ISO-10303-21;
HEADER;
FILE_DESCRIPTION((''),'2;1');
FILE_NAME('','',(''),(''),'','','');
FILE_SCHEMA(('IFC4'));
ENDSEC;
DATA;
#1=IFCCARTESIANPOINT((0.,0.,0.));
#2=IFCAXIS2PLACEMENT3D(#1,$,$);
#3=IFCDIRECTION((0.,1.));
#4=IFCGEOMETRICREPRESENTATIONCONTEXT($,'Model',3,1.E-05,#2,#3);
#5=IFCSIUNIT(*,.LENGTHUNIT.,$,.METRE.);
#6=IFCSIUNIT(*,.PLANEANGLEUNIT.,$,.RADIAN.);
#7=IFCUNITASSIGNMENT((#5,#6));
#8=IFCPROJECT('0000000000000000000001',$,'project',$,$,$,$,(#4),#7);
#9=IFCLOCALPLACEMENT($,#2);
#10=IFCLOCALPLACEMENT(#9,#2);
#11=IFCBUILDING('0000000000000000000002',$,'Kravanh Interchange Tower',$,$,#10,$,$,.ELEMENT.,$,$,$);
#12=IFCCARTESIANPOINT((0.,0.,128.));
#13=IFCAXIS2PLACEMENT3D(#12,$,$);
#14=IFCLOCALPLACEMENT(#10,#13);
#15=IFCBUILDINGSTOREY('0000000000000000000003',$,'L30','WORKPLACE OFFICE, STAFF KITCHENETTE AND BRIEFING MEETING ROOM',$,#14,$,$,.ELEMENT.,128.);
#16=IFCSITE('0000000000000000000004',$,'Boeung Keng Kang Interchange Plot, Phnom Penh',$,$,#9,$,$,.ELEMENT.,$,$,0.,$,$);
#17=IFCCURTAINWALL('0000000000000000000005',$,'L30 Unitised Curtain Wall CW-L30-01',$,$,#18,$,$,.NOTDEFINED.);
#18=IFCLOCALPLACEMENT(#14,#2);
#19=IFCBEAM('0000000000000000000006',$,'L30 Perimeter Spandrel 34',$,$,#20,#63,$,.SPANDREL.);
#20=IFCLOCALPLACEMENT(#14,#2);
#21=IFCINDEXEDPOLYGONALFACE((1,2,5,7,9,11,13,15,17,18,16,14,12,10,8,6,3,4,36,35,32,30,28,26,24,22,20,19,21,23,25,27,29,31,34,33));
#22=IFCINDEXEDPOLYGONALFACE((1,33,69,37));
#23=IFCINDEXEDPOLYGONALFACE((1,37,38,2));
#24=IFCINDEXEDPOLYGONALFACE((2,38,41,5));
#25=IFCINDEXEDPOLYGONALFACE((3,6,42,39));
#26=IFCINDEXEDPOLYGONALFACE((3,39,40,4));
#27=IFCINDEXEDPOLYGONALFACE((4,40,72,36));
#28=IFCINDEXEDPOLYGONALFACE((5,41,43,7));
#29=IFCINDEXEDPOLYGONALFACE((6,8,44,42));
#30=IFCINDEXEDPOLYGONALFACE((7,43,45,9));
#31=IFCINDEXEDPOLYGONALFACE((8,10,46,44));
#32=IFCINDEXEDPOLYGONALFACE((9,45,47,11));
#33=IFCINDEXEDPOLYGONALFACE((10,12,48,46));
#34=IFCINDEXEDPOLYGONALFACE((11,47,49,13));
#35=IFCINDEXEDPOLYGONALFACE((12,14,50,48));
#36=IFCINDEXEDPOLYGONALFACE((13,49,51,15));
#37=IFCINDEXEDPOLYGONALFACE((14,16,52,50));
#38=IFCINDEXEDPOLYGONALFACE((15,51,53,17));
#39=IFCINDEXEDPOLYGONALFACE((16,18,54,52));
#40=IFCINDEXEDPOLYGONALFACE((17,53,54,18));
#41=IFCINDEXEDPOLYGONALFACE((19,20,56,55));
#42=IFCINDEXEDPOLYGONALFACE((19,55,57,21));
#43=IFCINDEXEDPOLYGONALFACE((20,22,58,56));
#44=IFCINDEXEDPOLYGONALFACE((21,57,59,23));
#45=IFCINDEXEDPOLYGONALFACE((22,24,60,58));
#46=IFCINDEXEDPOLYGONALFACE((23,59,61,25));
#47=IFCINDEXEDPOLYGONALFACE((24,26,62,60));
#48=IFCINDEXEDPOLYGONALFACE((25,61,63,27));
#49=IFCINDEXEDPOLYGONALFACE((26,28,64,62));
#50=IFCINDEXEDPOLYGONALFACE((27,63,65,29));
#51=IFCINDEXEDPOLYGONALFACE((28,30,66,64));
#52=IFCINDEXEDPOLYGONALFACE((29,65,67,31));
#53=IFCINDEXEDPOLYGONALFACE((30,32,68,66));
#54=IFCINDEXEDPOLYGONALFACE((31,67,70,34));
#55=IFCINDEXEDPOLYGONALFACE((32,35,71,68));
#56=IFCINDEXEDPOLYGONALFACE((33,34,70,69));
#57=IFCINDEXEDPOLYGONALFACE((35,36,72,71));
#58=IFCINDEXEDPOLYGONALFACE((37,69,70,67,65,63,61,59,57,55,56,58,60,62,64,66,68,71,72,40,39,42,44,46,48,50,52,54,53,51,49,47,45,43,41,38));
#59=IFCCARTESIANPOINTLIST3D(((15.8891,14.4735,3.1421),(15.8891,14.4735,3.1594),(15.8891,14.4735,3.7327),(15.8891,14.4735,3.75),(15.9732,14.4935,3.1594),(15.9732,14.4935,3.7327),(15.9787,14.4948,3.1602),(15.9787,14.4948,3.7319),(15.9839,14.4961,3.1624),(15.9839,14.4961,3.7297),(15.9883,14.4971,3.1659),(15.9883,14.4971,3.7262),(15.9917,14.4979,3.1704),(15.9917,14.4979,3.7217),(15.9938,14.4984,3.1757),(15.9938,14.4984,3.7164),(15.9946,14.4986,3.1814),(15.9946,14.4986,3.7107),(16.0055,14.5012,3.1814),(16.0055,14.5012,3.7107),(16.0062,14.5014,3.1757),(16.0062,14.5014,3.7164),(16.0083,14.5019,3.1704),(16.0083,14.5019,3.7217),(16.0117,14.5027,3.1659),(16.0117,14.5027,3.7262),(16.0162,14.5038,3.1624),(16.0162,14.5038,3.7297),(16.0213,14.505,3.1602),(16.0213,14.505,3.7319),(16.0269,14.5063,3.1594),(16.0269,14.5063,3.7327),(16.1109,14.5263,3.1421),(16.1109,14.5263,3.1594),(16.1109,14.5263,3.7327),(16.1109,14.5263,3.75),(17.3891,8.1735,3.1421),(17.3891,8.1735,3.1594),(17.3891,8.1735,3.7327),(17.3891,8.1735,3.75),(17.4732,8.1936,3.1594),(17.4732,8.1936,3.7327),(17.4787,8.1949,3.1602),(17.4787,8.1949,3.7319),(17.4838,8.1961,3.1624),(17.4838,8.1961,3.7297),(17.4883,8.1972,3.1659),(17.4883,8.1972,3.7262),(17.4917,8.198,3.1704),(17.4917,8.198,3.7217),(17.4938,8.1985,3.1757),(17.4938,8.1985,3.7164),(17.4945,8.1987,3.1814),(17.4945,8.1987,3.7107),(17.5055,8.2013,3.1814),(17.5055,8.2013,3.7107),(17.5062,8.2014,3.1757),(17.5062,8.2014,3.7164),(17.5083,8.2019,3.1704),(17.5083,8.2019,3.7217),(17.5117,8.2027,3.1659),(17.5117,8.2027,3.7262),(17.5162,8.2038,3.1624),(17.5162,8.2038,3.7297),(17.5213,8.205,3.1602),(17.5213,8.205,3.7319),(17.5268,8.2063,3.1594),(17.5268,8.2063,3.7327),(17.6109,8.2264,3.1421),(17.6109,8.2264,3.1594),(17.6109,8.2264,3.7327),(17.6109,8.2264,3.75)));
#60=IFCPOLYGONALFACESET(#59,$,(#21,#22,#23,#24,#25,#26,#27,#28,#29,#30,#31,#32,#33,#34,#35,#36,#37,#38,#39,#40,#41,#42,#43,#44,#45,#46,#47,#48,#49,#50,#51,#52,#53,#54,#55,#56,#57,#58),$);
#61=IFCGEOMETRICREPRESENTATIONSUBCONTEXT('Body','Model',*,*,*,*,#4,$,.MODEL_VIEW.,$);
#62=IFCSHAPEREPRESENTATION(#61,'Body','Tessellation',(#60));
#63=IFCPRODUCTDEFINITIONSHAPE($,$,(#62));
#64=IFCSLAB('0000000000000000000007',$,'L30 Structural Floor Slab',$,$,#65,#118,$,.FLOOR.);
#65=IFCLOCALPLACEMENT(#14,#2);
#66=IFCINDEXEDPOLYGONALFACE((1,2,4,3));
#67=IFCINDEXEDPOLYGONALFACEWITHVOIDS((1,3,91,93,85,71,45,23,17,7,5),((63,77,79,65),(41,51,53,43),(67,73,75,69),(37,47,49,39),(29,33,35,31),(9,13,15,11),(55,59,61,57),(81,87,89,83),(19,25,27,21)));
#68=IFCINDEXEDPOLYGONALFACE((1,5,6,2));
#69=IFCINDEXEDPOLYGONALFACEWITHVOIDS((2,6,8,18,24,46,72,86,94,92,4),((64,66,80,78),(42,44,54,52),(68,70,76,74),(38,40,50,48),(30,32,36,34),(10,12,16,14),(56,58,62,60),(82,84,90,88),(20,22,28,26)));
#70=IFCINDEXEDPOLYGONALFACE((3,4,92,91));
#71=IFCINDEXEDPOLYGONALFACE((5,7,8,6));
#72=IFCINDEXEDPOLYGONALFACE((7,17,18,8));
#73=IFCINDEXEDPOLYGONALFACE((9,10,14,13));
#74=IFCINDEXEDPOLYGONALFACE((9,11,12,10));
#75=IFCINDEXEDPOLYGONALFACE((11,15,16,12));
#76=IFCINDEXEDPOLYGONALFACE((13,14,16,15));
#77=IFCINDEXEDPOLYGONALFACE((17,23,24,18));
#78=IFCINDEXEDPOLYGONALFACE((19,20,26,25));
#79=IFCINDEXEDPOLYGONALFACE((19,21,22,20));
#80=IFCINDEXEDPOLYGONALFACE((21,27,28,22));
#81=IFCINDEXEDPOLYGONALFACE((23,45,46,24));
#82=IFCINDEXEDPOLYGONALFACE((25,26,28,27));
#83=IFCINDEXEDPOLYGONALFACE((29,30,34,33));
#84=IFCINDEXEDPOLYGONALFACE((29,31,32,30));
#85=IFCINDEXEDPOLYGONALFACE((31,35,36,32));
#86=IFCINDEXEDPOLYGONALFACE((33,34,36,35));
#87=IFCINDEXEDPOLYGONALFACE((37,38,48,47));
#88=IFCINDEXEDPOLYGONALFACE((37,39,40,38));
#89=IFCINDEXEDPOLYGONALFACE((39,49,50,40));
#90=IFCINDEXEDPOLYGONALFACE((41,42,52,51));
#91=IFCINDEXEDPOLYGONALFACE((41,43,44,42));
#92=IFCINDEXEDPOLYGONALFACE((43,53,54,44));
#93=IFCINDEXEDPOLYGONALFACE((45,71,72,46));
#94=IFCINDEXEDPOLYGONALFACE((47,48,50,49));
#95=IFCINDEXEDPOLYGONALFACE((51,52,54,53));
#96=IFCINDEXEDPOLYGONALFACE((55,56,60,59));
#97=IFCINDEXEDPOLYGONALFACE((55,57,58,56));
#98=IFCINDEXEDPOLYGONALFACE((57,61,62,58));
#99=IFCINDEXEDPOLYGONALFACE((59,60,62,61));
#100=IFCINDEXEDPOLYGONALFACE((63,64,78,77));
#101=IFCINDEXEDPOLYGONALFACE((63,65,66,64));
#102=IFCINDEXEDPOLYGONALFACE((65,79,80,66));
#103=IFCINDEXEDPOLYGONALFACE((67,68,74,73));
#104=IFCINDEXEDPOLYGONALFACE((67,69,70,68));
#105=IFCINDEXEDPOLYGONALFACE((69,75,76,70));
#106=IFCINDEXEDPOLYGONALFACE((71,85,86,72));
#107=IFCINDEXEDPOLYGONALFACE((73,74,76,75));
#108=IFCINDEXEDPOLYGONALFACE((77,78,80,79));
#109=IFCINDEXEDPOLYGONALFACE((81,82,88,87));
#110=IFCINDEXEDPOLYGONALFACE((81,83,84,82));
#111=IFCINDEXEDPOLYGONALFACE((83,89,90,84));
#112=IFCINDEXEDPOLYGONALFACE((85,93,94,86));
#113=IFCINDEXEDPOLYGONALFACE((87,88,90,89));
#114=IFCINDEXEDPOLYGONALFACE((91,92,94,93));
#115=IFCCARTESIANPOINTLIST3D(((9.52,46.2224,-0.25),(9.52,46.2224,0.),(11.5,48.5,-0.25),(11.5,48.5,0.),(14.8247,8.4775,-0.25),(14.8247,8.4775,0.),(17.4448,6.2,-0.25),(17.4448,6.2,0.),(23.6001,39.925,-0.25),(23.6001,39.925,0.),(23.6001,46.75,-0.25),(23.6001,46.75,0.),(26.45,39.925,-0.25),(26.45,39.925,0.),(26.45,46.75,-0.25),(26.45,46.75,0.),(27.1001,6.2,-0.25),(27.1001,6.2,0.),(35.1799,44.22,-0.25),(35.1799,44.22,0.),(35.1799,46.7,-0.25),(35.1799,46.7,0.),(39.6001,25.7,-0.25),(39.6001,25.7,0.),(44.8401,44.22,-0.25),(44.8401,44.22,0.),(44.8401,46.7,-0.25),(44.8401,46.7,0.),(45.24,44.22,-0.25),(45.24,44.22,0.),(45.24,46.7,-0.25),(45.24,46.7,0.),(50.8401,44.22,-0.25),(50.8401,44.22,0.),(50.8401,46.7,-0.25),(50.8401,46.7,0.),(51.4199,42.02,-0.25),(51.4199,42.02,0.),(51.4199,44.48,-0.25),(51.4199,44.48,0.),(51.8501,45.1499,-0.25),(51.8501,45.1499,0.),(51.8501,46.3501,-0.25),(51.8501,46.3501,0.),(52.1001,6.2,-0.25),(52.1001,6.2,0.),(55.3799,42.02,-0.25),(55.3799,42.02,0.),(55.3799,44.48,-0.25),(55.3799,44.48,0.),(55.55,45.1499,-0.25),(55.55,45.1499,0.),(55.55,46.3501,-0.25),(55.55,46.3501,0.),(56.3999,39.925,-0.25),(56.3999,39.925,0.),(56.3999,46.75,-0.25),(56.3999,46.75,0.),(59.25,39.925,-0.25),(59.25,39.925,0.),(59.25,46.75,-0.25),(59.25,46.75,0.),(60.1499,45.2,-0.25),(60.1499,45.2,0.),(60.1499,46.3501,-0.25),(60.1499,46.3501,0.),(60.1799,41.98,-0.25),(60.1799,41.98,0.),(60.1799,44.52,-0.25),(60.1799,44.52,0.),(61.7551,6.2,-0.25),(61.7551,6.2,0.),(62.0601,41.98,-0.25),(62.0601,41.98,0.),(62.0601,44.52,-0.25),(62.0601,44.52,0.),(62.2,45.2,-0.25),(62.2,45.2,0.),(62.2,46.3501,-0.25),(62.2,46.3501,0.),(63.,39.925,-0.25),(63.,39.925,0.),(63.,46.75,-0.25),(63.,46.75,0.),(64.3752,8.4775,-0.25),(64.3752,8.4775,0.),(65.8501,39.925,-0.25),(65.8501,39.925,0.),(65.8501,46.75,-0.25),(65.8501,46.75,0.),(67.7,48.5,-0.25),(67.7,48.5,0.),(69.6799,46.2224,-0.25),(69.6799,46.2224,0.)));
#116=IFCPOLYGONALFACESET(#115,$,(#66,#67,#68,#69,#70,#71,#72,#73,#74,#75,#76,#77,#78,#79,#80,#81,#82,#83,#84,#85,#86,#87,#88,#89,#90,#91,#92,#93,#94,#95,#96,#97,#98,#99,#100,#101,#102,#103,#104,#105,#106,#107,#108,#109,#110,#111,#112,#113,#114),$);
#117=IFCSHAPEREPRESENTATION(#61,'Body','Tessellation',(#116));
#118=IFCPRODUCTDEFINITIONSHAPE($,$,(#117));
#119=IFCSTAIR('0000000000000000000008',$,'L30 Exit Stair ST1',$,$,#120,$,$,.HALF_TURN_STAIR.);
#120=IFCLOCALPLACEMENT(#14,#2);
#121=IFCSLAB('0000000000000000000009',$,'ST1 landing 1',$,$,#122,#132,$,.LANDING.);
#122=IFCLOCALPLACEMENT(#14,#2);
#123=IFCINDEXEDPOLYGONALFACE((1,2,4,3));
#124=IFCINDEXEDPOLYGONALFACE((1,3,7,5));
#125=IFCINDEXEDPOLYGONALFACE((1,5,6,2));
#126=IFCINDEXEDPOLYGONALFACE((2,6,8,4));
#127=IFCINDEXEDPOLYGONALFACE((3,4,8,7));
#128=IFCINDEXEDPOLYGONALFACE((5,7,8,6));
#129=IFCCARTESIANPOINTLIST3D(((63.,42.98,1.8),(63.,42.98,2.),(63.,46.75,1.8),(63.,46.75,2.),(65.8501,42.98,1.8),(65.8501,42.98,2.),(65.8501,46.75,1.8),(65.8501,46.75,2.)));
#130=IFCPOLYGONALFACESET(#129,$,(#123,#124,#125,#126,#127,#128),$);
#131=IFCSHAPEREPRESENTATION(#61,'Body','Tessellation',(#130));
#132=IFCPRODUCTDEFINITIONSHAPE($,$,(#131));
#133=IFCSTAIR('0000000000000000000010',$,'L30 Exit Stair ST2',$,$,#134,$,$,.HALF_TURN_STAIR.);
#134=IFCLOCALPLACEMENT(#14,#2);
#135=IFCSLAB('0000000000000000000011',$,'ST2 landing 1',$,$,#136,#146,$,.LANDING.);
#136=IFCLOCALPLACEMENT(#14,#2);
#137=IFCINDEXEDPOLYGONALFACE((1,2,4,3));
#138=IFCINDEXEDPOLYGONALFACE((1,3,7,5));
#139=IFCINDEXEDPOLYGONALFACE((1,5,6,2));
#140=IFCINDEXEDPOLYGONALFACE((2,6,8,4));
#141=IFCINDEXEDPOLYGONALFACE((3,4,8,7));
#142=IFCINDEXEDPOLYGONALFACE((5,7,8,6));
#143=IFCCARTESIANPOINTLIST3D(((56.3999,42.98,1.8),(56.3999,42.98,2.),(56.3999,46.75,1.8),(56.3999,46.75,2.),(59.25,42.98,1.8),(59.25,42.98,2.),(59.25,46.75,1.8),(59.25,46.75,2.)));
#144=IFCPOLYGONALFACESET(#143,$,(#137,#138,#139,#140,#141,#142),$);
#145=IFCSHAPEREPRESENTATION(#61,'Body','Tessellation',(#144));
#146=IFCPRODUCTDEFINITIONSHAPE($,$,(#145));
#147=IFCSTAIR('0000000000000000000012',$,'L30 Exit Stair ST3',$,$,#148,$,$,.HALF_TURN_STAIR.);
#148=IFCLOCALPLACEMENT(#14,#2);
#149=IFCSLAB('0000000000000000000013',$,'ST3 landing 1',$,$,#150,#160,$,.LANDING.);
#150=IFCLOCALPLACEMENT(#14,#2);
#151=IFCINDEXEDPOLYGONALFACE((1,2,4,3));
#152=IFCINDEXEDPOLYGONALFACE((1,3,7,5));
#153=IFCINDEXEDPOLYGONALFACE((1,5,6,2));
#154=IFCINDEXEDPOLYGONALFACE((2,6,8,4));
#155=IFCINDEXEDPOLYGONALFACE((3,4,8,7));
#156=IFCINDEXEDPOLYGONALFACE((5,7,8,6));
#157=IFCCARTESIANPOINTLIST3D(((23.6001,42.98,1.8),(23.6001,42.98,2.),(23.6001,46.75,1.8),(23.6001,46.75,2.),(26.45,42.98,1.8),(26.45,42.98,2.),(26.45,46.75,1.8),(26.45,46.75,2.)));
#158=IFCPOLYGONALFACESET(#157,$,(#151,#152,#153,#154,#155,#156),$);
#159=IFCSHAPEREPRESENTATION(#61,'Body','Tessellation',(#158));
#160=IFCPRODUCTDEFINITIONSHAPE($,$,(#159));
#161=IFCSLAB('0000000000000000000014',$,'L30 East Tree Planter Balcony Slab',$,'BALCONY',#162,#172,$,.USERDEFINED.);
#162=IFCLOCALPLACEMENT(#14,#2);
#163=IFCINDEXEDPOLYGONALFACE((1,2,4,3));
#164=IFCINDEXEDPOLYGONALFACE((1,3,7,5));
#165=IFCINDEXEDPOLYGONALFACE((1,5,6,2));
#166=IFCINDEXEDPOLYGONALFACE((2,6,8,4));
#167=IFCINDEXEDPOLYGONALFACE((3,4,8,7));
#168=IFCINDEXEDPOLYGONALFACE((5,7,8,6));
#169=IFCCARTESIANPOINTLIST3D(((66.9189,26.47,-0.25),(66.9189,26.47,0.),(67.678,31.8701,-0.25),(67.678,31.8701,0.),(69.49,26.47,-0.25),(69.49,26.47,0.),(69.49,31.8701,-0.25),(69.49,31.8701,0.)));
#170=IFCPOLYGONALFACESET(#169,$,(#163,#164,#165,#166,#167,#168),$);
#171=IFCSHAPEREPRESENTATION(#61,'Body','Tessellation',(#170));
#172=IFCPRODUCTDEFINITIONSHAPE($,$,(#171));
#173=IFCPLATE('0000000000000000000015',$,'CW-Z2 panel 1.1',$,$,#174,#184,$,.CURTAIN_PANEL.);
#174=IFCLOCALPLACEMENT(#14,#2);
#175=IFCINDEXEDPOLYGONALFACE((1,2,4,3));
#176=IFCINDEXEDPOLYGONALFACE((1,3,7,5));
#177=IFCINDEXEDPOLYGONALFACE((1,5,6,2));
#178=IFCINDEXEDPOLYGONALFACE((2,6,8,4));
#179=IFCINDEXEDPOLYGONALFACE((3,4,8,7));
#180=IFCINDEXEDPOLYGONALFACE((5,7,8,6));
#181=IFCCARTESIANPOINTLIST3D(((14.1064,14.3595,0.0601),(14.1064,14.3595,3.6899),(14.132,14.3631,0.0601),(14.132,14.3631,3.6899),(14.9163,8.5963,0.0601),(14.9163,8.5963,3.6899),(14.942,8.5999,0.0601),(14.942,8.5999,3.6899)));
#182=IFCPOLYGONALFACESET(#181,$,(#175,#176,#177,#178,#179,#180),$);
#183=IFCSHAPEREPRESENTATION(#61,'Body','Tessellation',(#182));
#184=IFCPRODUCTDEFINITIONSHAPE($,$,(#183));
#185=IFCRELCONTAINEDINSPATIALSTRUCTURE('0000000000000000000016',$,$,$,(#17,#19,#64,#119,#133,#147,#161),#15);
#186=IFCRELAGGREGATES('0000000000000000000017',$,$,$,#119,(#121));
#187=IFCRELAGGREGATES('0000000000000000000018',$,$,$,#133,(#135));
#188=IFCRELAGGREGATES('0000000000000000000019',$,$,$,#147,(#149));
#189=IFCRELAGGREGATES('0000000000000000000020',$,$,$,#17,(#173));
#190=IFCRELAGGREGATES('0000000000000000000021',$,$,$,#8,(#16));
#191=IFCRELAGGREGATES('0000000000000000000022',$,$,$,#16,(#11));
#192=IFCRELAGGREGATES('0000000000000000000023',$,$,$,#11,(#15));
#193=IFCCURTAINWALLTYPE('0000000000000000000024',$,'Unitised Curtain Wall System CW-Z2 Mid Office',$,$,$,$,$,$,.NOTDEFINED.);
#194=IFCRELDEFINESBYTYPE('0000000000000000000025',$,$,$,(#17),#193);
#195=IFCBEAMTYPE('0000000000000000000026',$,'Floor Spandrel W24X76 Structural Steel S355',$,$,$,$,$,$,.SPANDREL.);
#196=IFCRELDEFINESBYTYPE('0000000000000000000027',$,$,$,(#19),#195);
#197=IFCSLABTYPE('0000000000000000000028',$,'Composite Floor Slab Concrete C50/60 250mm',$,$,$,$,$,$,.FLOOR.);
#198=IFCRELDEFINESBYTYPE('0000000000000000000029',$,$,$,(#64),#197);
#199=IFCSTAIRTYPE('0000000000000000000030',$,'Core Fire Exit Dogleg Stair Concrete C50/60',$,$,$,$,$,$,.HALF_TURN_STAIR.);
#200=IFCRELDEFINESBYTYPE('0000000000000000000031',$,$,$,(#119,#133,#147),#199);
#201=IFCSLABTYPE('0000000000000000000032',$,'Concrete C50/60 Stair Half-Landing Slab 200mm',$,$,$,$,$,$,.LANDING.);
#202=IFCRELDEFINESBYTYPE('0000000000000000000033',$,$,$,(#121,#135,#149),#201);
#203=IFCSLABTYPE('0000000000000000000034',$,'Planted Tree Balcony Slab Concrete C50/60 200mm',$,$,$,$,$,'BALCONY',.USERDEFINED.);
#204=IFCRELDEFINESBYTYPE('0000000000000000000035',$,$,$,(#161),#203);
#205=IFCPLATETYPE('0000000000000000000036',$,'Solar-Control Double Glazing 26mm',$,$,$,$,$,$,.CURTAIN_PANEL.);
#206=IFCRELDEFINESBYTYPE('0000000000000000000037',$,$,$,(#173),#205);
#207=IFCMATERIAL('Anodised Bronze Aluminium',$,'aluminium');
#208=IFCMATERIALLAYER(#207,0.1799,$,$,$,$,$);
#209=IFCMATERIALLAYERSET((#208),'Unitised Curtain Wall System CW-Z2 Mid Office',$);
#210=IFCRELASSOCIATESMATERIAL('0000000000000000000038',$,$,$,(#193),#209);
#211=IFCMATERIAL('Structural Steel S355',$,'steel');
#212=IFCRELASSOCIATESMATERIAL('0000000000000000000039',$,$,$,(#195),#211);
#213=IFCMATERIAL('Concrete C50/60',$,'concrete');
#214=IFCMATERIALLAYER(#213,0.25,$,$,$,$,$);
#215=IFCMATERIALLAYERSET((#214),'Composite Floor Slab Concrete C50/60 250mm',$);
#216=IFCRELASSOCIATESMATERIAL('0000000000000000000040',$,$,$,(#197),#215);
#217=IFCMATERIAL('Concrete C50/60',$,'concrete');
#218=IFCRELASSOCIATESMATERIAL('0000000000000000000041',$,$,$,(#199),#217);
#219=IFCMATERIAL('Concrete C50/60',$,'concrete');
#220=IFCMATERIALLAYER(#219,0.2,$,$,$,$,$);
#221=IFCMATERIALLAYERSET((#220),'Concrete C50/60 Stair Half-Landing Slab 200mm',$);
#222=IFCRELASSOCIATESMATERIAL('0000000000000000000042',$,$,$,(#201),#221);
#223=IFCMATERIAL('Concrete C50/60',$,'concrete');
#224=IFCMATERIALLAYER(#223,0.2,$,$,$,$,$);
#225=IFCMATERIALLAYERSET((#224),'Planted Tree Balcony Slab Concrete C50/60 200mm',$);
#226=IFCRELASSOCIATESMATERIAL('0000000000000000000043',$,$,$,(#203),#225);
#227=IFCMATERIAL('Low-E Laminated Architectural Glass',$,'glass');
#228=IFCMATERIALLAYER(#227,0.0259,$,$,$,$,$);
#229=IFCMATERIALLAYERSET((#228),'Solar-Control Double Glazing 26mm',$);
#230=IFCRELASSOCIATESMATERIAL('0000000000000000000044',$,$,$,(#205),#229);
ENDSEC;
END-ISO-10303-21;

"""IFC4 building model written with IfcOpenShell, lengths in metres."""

from ifc_helpers import new_model, si_unit, direction, frame, origin, origin_2d, place, context, subcontext, project, spatial, polyline, rectangle, i_section, outline, extrude, material, layer, layer_set, material_profile, profile_set, type_object, element, aggregate, save


model = new_model("IFC4")

# Units and contexts
model_context = context("Model", 3, precision=1e-05, world=origin(), true_north=direction((0.0, 1.0)))
body_context = subcontext(model_context, "Body", "Model", "MODEL_VIEW")
ifc_project = project(units=[si_unit("LENGTHUNIT", "METRE"), si_unit("PLANEANGLEUNIT", "RADIAN")], contexts=[model_context])

# Site, building, storey
site_placement = place(None, origin())
site = spatial("IfcSite", under=ifc_project, at=site_placement, Name="Boeung Keng Kang Interchange Plot, Phnom Penh", CompositionType="ELEMENT", RefElevation=0.0)
building_placement = place(site_placement, origin())
building = spatial("IfcBuilding", under=site, at=building_placement, Name="Kravanh Interchange Tower", CompositionType="ELEMENT")
storey_placement = place(building_placement, frame((0.0, 0.0, 128.0)))
storey = spatial("IfcBuildingStorey", under=building, at=storey_placement, Name="L30", Description="WORKPLACE OFFICE, STAFF KITCHENETTE AND BRIEFING MEETING ROOM", CompositionType="ELEMENT", Elevation=128.0)

# Curtain wall
ifc_material_1 = material(Name="Anodised Bronze Aluminium", Category="aluminium")
ifc_layer_1 = layer(ifc_material_1, 0.1799)
ifc_layer_set_1 = layer_set([ifc_layer_1], Name="Unitised Curtain Wall System CW-Z2 Mid Office")
curtain_wall_type = type_object("IfcCurtainWallType", Name="Unitised Curtain Wall System CW-Z2 Mid Office", PredefinedType="NOTDEFINED", material=ifc_layer_set_1)
curtain_wall_1_placement = place(storey_placement, origin())
curtain_wall_1 = element("IfcCurtainWall", 1, at=curtain_wall_1_placement, inside=storey, type_object=curtain_wall_type, Name="L30 Unitised Curtain Wall CW-L30-01", PredefinedType="NOTDEFINED")

# Beam
ifc_material_2 = material(Name="Structural Steel S355", Category="steel")
ifc_material_profile_1 = material_profile(ifc_material_2, i_section(OverallWidth=0.228, OverallDepth=0.6079, WebThickness=0.0112, FlangeThickness=0.0173, FilletRadius=0.022, at=origin_2d()), Name="W24X76")
ifc_profile_set_1 = profile_set([ifc_material_profile_1], Name="Structural Steel S355")
beam_type = type_object("IfcBeamType", Name="Floor Spandrel W24X76 Structural Steel S355", PredefinedType="SPANDREL", material=ifc_profile_set_1)
beam_placement = place(storey_placement, frame((17.5, 8.2, 3.446), z_axis=(-0.231619, 0.972807, 0.0), x_axis=(-0.972807, -0.231619, 0.0)))
element("IfcBeam", 2, at=beam_placement, inside=storey, type_object=beam_type, Name="L30 Perimeter Spandrel 34", PredefinedType="SPANDREL", context=body_context, shape_type="SweptSolid", body=[
    extrude(i_section(OverallWidth=0.228, OverallDepth=0.6079, WebThickness=0.0112, FlangeThickness=0.0173, FilletRadius=0.022, at=origin_2d()), origin(), (0.0, 0.0, 1.0), 6.4761),
])

# Slab
ifc_material_3 = material(Name="Concrete C50/60", Category="concrete")
ifc_layer_2 = layer(ifc_material_3, 0.25)
ifc_layer_set_2 = layer_set([ifc_layer_2], Name="Composite Floor Slab Concrete C50/60 250mm")
slab_type_1 = type_object("IfcSlabType", Name="Composite Floor Slab Concrete C50/60 250mm", PredefinedType="FLOOR", material=ifc_layer_set_2)
slab_1_placement = place(storey_placement, frame((0.0, 0.0, -0.25)))
element("IfcSlab", 3, at=slab_1_placement, inside=storey, type_object=slab_type_1, Name="L30 Structural Floor Slab", PredefinedType="FLOOR", context=body_context, shape_type="SweptSolid", body=[
    extrude(outline(polyline([(14.8247, 8.4775), (17.4448, 6.2), (27.1001, 6.2), (39.6001, 25.7), (52.1001, 6.2), (61.7551, 6.2), (64.3752, 8.4775), (69.6799, 46.2224), (67.7, 48.5), (11.5, 48.5), (9.52, 46.2224), (14.8247, 8.4775)]), holes=[polyline([(65.8501, 39.925), (65.8501, 46.75), (63.0, 46.75), (63.0, 39.925), (65.8501, 39.925)]), polyline([(59.25, 39.925), (59.25, 46.75), (56.3999, 46.75), (56.3999, 39.925), (59.25, 39.925)]), polyline([(26.45, 39.925), (26.45, 46.75), (23.6001, 46.75), (23.6001, 39.925), (26.45, 39.925)]), polyline([(35.1799, 44.22), (44.8401, 44.22), (44.8401, 46.7), (35.1799, 46.7), (35.1799, 44.22)]), polyline([(45.24, 44.22), (50.8401, 44.22), (50.8401, 46.7), (45.24, 46.7), (45.24, 44.22)]), polyline([(51.4199, 42.02), (55.3799, 42.02), (55.3799, 44.48), (51.4199, 44.48), (51.4199, 42.02)]), polyline([(60.1799, 41.98), (62.0601, 41.98), (62.0601, 44.52), (60.1799, 44.52), (60.1799, 41.98)]), polyline([(60.1499, 45.2), (62.2, 45.2), (62.2, 46.3501), (60.1499, 46.3501), (60.1499, 45.2)]), polyline([(51.8501, 45.1499), (55.55, 45.1499), (55.55, 46.3501), (51.8501, 46.3501), (51.8501, 45.1499)])]), origin(), (0.0, 0.0, 1.0), 0.25),
])

# Stairs, slabs
ifc_material_4 = material(Name="Concrete C50/60", Category="concrete")
stair_type = type_object("IfcStairType", Name="Core Fire Exit Dogleg Stair Concrete C50/60", PredefinedType="HALF_TURN_STAIR", material=ifc_material_4)
stair_1_placement = place(storey_placement, origin())
stair_1 = element("IfcStair", 4, at=stair_1_placement, inside=storey, type_object=stair_type, Name="L30 Exit Stair ST1", PredefinedType="HALF_TURN_STAIR")
ifc_material_5 = material(Name="Concrete C50/60", Category="concrete")
ifc_layer_3 = layer(ifc_material_5, 0.2)
ifc_layer_set_3 = layer_set([ifc_layer_3], Name="Concrete C50/60 Stair Half-Landing Slab 200mm")
slab_type_2 = type_object("IfcSlabType", Name="Concrete C50/60 Stair Half-Landing Slab 200mm", PredefinedType="LANDING", material=ifc_layer_set_3)
slab_2_placement = place(storey_placement, frame((0.0, 0.0, 1.8)))
slab_2 = element("IfcSlab", 5, at=slab_2_placement, type_object=slab_type_2, Name="ST1 landing 1", PredefinedType="LANDING", context=body_context, shape_type="SweptSolid", body=[
    extrude(outline(polyline([(65.8501, 42.98), (65.8501, 46.75), (63.0, 46.75), (63.0, 42.98), (65.8501, 42.98)])), origin(), (0.0, 0.0, 1.0), 0.2),
])
aggregate(stair_1, [slab_2])
stair_2_placement = place(storey_placement, origin())
stair_2 = element("IfcStair", 6, at=stair_2_placement, inside=storey, type_object=stair_type, Name="L30 Exit Stair ST2", PredefinedType="HALF_TURN_STAIR")
slab_3_placement = place(storey_placement, frame((0.0, 0.0, 1.8)))
slab_3 = element("IfcSlab", 7, at=slab_3_placement, type_object=slab_type_2, Name="ST2 landing 1", PredefinedType="LANDING", context=body_context, shape_type="SweptSolid", body=[
    extrude(outline(polyline([(59.25, 42.98), (59.25, 46.75), (56.3999, 46.75), (56.3999, 42.98), (59.25, 42.98)])), origin(), (0.0, 0.0, 1.0), 0.2),
])
aggregate(stair_2, [slab_3])
stair_3_placement = place(storey_placement, origin())
stair_3 = element("IfcStair", 8, at=stair_3_placement, inside=storey, type_object=stair_type, Name="L30 Exit Stair ST3", PredefinedType="HALF_TURN_STAIR")
slab_4_placement = place(storey_placement, frame((0.0, 0.0, 1.8)))
slab_4 = element("IfcSlab", 9, at=slab_4_placement, type_object=slab_type_2, Name="ST3 landing 1", PredefinedType="LANDING", context=body_context, shape_type="SweptSolid", body=[
    extrude(outline(polyline([(26.45, 42.98), (26.45, 46.75), (23.6001, 46.75), (23.6001, 42.98), (26.45, 42.98)])), origin(), (0.0, 0.0, 1.0), 0.2),
])
aggregate(stair_3, [slab_4])

# Slab
ifc_material_6 = material(Name="Concrete C50/60", Category="concrete")
ifc_layer_4 = layer(ifc_material_6, 0.2)
ifc_layer_set_4 = layer_set([ifc_layer_4], Name="Planted Tree Balcony Slab Concrete C50/60 200mm")
slab_type_3 = type_object("IfcSlabType", Name="Planted Tree Balcony Slab Concrete C50/60 200mm", ElementType="BALCONY", PredefinedType="USERDEFINED", material=ifc_layer_set_4)
slab_5_placement = place(storey_placement, frame((0.0, 0.0, -0.25)))
element("IfcSlab", 10, at=slab_5_placement, inside=storey, type_object=slab_type_3, Name="L30 East Tree Planter Balcony Slab", ObjectType="BALCONY", PredefinedType="USERDEFINED", context=body_context, shape_type="SweptSolid", body=[
    extrude(outline(polyline([(69.49, 31.8701), (69.49, 26.47), (66.9189, 26.47), (67.678, 31.8701), (69.49, 31.8701)])), origin(), (0.0, 0.0, 1.0), 0.25),
])

# Plate
ifc_material_7 = material(Name="Low-E Laminated Architectural Glass", Category="glass")
ifc_layer_5 = layer(ifc_material_7, 0.0259)
ifc_layer_set_5 = layer_set([ifc_layer_5], Name="Solar-Control Double Glazing 26mm")
plate_type = type_object("IfcPlateType", Name="Solar-Control Double Glazing 26mm", PredefinedType="CURTAIN_PANEL", material=ifc_layer_set_5)
plate_1_placement = place(storey_placement, frame((14.5242, 11.4797, 0.0601), z_axis=(0.0, 0.0, 1.0), x_axis=(-0.139173, 0.990268, 0.0)))
plate_1 = element("IfcPlate", 11, at=plate_1_placement, type_object=plate_type, Name="CW-Z2 panel 1.1", PredefinedType="CURTAIN_PANEL", context=body_context, shape_type="SweptSolid", body=[
    extrude(rectangle(XDim=5.8198, YDim=0.0259, at=origin_2d()), origin(), (0.0, 0.0, 1.0), 3.6299),
])
aggregate(curtain_wall_1, [plate_1])

save(model, "model.ifc")
